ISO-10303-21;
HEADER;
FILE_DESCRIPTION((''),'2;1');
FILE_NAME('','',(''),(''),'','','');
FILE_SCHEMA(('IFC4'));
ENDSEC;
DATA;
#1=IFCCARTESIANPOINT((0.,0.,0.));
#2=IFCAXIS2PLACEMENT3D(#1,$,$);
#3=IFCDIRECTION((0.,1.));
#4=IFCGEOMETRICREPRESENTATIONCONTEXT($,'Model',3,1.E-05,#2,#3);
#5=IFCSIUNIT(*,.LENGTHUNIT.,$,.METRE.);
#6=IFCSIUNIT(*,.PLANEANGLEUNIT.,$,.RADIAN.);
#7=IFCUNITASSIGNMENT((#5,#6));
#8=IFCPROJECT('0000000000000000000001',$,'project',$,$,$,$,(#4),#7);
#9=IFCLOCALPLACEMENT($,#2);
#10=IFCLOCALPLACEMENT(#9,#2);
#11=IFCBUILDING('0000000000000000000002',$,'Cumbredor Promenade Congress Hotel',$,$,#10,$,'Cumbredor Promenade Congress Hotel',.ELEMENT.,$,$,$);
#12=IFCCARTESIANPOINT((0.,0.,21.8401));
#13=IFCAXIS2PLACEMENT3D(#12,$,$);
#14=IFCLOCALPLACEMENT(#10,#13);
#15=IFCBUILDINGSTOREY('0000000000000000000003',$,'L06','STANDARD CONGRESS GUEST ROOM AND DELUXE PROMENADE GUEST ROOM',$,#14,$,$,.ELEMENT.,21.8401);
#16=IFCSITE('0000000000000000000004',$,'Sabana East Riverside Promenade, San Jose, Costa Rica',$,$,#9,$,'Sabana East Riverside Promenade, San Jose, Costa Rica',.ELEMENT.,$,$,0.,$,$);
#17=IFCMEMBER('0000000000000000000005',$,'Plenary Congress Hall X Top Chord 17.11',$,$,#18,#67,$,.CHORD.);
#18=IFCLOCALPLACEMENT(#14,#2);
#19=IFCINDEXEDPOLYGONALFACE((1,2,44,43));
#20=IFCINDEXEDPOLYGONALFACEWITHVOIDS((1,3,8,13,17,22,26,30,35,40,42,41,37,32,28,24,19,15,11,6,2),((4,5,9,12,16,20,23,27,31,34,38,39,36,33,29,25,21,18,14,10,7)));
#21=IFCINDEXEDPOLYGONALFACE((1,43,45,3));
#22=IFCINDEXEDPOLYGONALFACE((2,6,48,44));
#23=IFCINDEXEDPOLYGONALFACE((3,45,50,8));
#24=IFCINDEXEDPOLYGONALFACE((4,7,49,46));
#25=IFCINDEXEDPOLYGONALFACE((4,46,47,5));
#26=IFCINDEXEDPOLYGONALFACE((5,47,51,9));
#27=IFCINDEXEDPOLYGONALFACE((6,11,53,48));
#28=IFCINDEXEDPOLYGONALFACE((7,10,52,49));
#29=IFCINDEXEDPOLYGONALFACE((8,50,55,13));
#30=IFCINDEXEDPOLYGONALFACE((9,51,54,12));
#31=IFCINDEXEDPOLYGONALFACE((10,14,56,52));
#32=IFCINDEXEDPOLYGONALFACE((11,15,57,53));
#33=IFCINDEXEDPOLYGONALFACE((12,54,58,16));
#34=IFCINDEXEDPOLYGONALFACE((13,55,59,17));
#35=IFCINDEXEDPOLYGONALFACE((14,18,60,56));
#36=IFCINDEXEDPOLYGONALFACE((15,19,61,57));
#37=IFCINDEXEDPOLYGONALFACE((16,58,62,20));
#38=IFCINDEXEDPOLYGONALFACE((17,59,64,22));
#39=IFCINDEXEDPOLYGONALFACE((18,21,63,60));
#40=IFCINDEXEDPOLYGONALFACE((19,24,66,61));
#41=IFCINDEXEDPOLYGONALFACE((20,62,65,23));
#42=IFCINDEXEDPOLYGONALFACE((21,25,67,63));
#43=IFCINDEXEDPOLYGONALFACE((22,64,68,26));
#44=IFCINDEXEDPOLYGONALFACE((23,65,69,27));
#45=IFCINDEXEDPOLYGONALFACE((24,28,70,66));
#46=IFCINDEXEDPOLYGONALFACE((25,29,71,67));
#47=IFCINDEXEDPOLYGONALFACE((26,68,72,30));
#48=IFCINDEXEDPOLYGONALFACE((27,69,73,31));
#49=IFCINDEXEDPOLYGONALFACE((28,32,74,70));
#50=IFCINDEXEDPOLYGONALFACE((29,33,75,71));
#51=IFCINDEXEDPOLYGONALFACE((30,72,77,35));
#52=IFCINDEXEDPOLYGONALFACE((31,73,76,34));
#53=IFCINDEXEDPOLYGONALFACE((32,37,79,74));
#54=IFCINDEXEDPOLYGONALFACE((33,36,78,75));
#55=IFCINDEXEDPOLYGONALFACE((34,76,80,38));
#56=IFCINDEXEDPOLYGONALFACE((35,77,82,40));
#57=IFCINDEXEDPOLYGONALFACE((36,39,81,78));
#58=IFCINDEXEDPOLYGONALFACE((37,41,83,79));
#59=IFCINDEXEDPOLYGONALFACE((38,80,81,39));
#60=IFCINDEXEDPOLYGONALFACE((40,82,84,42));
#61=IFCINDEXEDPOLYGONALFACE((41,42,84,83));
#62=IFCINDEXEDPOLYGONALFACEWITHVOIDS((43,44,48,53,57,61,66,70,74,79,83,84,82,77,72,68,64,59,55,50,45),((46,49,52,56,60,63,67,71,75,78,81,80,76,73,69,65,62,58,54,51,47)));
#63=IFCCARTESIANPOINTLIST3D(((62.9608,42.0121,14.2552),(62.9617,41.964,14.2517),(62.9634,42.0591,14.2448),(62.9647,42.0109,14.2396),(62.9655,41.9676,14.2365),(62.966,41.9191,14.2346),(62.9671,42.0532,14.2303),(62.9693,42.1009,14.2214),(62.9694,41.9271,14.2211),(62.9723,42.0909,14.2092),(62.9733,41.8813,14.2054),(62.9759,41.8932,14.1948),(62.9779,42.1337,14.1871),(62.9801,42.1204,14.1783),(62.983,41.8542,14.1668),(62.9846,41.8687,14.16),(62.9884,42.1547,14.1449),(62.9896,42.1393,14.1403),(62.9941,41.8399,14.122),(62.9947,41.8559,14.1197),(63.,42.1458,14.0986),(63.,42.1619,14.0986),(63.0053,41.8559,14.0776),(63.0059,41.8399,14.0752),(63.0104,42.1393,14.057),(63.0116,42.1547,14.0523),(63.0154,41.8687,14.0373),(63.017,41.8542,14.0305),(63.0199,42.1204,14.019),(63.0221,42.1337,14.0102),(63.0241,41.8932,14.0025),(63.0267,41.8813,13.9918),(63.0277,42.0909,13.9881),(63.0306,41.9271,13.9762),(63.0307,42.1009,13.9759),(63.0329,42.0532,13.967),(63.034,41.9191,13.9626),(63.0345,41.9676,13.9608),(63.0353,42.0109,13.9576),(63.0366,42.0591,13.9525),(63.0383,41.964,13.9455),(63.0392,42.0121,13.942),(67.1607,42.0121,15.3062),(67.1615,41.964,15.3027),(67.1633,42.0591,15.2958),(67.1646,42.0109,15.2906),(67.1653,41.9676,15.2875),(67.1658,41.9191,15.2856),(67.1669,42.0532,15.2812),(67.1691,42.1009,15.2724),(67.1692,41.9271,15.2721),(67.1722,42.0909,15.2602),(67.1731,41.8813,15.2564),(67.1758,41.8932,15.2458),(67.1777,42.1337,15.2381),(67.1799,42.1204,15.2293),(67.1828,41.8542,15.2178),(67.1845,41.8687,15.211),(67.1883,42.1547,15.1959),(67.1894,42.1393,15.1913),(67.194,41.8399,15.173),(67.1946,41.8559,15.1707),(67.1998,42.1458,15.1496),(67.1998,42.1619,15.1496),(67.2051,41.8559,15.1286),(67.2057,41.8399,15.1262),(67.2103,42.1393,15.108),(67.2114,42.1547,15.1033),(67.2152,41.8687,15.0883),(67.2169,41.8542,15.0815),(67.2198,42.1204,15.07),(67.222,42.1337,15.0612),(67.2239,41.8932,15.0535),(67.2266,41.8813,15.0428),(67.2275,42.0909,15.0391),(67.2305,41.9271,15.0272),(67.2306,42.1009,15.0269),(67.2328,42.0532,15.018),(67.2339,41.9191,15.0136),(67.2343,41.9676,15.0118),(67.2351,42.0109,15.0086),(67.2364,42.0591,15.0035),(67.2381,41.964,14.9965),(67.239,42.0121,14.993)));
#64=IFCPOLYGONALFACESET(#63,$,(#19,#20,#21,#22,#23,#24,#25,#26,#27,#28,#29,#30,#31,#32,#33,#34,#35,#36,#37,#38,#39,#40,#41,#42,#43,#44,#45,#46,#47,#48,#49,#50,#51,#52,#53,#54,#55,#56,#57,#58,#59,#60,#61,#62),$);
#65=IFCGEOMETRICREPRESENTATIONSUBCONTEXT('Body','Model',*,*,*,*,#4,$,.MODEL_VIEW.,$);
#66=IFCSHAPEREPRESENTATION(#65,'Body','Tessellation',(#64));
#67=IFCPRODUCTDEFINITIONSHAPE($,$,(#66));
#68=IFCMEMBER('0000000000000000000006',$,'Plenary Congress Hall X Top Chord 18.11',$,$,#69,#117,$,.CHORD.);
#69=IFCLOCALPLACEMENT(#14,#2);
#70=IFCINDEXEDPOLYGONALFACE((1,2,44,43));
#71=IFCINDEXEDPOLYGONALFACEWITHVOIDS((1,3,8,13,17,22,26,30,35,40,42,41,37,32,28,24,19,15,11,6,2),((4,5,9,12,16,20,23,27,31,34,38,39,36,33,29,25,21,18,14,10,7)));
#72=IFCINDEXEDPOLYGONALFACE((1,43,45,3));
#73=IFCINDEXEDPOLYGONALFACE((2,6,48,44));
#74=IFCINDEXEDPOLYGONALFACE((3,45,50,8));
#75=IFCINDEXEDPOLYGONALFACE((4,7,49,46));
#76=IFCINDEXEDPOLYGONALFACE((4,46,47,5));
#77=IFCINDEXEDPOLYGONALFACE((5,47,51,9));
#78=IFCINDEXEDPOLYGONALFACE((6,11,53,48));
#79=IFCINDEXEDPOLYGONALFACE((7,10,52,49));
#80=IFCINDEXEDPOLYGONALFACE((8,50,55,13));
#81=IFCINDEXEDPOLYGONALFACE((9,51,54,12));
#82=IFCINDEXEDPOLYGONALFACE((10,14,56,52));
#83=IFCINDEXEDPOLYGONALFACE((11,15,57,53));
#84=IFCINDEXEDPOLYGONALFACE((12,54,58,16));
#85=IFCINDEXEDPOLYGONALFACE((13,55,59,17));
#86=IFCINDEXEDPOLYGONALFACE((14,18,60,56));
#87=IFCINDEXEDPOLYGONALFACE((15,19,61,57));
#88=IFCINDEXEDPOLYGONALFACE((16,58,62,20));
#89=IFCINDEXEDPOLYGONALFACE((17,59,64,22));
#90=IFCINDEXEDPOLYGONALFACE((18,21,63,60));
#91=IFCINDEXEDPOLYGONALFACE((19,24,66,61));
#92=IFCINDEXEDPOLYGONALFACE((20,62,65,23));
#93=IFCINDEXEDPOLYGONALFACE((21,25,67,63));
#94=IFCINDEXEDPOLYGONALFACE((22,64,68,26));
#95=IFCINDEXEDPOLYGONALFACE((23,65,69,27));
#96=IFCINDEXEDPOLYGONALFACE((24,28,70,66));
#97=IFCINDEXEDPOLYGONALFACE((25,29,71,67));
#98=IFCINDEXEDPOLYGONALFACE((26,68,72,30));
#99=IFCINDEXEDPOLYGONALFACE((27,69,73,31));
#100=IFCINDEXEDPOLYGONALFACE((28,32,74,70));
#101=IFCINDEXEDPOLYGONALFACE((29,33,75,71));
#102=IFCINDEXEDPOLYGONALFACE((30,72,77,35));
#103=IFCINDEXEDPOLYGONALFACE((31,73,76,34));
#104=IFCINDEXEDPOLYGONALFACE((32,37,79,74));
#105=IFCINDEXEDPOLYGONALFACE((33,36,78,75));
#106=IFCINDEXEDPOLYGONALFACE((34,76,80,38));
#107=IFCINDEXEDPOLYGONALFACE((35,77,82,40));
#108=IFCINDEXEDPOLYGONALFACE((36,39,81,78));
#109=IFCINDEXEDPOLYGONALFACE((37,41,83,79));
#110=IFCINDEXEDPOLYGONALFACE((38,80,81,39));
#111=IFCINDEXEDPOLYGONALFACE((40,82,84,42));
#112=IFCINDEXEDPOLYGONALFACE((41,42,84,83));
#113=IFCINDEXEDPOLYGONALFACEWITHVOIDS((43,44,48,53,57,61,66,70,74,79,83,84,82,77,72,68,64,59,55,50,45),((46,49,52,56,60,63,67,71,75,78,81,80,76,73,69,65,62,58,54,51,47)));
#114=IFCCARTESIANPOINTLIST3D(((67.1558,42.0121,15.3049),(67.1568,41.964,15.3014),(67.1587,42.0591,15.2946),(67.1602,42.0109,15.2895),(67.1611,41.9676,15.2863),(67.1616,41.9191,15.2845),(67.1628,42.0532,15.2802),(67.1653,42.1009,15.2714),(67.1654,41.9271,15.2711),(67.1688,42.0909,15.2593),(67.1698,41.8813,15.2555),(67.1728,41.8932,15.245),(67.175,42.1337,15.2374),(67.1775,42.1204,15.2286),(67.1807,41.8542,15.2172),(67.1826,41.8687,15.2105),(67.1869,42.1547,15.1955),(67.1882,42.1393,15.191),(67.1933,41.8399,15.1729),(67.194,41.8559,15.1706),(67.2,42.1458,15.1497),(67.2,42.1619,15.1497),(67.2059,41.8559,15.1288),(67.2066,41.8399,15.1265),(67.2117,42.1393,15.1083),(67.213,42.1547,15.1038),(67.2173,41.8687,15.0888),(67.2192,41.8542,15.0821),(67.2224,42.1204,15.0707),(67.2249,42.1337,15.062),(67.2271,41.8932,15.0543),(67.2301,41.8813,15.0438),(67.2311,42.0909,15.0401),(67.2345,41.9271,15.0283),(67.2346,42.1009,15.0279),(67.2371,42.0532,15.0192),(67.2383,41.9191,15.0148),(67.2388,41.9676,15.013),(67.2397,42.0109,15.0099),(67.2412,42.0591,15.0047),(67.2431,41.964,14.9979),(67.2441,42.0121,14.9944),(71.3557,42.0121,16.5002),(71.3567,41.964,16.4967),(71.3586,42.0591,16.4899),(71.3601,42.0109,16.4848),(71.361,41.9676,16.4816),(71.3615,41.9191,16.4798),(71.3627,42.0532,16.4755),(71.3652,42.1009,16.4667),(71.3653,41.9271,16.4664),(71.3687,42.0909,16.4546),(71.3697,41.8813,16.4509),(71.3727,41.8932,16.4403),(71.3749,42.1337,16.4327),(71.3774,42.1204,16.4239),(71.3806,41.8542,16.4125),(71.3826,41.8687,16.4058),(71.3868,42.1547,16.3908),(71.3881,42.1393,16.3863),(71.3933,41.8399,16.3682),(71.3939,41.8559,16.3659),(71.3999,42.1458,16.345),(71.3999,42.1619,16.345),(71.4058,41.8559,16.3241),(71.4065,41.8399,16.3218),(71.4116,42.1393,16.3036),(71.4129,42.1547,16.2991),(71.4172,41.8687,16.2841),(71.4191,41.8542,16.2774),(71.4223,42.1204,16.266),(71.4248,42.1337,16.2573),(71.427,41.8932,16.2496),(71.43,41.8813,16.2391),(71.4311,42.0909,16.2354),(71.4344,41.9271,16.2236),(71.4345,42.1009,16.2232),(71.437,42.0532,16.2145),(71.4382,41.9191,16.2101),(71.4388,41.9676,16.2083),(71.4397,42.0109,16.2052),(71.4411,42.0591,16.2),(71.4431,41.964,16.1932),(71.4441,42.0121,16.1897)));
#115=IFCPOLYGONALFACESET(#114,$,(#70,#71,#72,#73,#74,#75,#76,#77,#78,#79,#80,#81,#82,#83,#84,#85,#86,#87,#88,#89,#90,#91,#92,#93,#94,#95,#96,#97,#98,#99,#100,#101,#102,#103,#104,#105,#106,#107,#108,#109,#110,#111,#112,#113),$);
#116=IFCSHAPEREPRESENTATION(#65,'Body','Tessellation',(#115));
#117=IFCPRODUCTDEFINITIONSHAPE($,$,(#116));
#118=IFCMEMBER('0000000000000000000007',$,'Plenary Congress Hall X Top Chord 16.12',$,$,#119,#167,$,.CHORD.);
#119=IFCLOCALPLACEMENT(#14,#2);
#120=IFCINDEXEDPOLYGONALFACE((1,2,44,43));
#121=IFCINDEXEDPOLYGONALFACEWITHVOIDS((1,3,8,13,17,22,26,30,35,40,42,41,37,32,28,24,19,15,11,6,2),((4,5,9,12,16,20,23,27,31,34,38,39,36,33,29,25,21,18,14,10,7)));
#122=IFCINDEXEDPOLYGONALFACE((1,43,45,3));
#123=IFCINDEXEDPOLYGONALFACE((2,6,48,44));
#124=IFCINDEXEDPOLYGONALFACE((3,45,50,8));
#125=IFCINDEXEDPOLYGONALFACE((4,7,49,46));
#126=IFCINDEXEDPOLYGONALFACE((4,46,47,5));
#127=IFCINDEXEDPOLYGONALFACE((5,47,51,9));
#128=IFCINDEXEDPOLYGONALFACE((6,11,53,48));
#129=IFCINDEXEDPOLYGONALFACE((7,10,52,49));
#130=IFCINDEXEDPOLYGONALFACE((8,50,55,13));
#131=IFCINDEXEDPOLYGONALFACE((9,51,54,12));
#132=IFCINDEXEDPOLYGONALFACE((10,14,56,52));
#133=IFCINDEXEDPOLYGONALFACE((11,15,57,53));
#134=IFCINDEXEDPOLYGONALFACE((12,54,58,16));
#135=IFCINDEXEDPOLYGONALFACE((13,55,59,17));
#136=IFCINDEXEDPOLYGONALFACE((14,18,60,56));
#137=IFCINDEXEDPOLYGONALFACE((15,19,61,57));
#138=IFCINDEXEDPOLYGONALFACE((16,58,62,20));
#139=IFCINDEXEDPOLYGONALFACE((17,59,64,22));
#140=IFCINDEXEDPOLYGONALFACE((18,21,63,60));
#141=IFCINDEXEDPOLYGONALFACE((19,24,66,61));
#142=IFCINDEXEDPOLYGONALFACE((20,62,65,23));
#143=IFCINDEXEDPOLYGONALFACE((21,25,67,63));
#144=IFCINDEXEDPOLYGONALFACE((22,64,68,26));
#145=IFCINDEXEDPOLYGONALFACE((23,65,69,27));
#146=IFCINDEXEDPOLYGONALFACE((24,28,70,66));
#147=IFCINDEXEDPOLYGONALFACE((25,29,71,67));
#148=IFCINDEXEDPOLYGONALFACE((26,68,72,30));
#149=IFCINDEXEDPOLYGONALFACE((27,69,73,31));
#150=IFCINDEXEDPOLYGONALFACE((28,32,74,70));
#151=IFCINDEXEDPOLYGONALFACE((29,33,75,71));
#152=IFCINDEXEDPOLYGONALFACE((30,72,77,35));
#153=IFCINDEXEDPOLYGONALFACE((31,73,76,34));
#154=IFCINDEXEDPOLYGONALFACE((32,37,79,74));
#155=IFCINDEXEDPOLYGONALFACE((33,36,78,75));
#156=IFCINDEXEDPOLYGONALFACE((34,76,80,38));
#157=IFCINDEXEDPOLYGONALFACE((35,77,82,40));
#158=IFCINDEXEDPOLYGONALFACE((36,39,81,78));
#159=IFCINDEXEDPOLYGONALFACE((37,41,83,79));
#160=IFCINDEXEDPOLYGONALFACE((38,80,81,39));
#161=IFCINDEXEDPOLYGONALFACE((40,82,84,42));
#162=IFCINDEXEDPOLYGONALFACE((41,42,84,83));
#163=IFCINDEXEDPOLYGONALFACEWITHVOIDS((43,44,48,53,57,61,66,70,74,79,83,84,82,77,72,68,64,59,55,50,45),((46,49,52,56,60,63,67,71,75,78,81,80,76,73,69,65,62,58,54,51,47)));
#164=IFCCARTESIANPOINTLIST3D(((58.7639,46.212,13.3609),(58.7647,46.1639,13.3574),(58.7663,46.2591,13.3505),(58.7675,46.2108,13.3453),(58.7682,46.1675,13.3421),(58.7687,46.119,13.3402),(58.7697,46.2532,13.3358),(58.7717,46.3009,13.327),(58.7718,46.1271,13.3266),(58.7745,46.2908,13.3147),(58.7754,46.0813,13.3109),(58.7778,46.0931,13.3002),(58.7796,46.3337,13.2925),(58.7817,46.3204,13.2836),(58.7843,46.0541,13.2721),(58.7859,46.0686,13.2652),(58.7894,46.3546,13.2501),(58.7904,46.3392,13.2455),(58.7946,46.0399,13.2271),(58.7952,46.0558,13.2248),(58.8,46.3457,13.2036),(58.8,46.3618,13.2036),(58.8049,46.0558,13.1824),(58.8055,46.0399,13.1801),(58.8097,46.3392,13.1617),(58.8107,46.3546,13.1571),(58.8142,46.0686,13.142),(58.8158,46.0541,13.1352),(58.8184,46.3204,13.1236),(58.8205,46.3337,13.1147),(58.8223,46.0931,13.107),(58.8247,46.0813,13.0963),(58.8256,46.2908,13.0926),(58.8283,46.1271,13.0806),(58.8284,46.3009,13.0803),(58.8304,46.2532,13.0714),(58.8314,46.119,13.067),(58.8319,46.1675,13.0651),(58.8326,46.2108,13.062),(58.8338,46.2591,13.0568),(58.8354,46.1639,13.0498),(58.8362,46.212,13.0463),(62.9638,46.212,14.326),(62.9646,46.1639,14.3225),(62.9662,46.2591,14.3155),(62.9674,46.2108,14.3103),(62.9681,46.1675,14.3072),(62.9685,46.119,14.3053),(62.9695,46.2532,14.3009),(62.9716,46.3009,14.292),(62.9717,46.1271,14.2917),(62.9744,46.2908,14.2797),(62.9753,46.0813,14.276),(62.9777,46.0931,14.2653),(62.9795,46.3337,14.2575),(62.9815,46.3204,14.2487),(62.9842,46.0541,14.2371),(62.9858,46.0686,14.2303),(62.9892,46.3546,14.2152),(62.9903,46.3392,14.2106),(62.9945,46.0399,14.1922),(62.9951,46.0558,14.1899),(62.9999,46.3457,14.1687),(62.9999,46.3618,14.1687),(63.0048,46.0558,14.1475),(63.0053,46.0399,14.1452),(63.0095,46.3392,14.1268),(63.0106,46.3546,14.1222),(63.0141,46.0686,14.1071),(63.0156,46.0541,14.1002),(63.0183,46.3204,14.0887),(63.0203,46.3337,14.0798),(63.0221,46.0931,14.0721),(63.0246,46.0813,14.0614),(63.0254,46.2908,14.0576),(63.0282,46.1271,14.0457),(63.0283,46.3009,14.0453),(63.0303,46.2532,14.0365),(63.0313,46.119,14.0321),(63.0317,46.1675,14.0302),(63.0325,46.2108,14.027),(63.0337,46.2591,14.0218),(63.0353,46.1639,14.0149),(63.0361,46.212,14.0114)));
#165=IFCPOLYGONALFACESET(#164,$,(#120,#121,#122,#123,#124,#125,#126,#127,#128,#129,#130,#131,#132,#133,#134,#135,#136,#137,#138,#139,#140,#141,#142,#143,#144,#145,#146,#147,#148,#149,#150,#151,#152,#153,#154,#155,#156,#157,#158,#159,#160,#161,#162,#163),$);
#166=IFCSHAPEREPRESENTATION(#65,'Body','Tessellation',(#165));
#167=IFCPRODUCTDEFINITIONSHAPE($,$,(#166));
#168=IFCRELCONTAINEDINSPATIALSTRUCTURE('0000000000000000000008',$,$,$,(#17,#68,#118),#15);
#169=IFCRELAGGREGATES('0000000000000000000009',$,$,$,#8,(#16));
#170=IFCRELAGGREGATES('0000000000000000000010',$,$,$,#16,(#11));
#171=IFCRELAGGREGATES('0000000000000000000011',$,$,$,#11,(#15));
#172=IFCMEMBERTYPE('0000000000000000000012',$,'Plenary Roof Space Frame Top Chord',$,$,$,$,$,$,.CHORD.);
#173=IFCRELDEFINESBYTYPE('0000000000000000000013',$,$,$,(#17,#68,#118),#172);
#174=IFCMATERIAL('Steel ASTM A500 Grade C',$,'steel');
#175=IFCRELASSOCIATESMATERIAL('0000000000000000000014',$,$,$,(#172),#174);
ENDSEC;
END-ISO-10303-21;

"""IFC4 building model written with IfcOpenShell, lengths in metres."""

from ifc_helpers import new_model, si_unit, direction, frame, origin, origin_2d, place, context, subcontext, project, spatial, hollow_circle, extrude, material, material_profile, profile_set, type_object, element, save


model = new_model("IFC4")

# Units and contexts
model_context = context("Model", 3, precision=1e-05, world=origin(), true_north=direction((0.0, 1.0)))
body_context = subcontext(model_context, "Body", "Model", "MODEL_VIEW")
ifc_project = project(units=[si_unit("LENGTHUNIT", "METRE"), si_unit("PLANEANGLEUNIT", "RADIAN")], contexts=[model_context])

# Site, building, storey
site_placement = place(None, origin())
site = spatial("IfcSite", under=ifc_project, at=site_placement, Name="Sabana East Riverside Promenade, San Jose, Costa Rica", LongName="Sabana East Riverside Promenade, San Jose, Costa Rica", CompositionType="ELEMENT", RefElevation=0.0)
building_placement = place(site_placement, origin())
building = spatial("IfcBuilding", under=site, at=building_placement, Name="Cumbredor Promenade Congress Hotel", LongName="Cumbredor Promenade Congress Hotel", CompositionType="ELEMENT")
storey_placement = place(building_placement, frame((0.0, 0.0, 21.8401)))
storey = spatial("IfcBuildingStorey", under=building, at=storey_placement, Name="L06", Description="STANDARD CONGRESS GUEST ROOM AND DELUXE PROMENADE GUEST ROOM", CompositionType="ELEMENT", Elevation=21.8401)

# Members
ifc_material_1 = material(Name="Steel ASTM A500 Grade C", Category="steel")
ifc_material_profile_1 = material_profile(ifc_material_1, hollow_circle(Radius=0.1619, WallThickness=0.0161, at=origin_2d()), Name="CHS 323.9x16")
ifc_profile_set_1 = profile_set([ifc_material_profile_1], Name="Steel ASTM A500 Grade C")
member_type_1 = type_object("IfcMemberType", Name="Plenary Roof Space Frame Top Chord", PredefinedType="CHORD", material=ifc_profile_set_1)
member_1_placement = place(storey_placement, frame((63.0, 42.0, 14.0986), z_axis=(0.970086, 0.0, 0.242761), x_axis=(0.0, 1.0, 0.0)))
element("IfcMember", 1, at=member_1_placement, inside=storey, type_object=member_type_1, Name="Plenary Congress Hall X Top Chord 17.11", PredefinedType="CHORD", context=body_context, shape_type="SweptSolid", body=[
    extrude(hollow_circle(Radius=0.1619, WallThickness=0.0161, at=origin_2d()), origin(), (0.0, 0.0, 1.0), 4.3293),
])
member_2_placement = place(storey_placement, frame((67.2, 42.0, 15.1497), z_axis=(0.961806, 0.0, 0.273731), x_axis=(0.0, 1.0, 0.0)))
element("IfcMember", 2, at=member_2_placement, inside=storey, type_object=member_type_1, Name="Plenary Congress Hall X Top Chord 18.11", PredefinedType="CHORD", context=body_context, shape_type="SweptSolid", body=[
    extrude(hollow_circle(Radius=0.1619, WallThickness=0.0161, at=origin_2d()), origin(), (0.0, 0.0, 1.0), 4.3667),
])
member_3_placement = place(storey_placement, frame((58.8, 46.2, 13.2036), z_axis=(0.974601, 0.0, 0.223949), x_axis=(0.0, 1.0, 0.0)))
element("IfcMember", 3, at=member_3_placement, inside=storey, type_object=member_type_1, Name="Plenary Congress Hall X Top Chord 16.12", PredefinedType="CHORD", context=body_context, shape_type="SweptSolid", body=[
    extrude(hollow_circle(Radius=0.1619, WallThickness=0.0161, at=origin_2d()), origin(), (0.0, 0.0, 1.0), 4.3093),
])

save(model, "model.ifc")
